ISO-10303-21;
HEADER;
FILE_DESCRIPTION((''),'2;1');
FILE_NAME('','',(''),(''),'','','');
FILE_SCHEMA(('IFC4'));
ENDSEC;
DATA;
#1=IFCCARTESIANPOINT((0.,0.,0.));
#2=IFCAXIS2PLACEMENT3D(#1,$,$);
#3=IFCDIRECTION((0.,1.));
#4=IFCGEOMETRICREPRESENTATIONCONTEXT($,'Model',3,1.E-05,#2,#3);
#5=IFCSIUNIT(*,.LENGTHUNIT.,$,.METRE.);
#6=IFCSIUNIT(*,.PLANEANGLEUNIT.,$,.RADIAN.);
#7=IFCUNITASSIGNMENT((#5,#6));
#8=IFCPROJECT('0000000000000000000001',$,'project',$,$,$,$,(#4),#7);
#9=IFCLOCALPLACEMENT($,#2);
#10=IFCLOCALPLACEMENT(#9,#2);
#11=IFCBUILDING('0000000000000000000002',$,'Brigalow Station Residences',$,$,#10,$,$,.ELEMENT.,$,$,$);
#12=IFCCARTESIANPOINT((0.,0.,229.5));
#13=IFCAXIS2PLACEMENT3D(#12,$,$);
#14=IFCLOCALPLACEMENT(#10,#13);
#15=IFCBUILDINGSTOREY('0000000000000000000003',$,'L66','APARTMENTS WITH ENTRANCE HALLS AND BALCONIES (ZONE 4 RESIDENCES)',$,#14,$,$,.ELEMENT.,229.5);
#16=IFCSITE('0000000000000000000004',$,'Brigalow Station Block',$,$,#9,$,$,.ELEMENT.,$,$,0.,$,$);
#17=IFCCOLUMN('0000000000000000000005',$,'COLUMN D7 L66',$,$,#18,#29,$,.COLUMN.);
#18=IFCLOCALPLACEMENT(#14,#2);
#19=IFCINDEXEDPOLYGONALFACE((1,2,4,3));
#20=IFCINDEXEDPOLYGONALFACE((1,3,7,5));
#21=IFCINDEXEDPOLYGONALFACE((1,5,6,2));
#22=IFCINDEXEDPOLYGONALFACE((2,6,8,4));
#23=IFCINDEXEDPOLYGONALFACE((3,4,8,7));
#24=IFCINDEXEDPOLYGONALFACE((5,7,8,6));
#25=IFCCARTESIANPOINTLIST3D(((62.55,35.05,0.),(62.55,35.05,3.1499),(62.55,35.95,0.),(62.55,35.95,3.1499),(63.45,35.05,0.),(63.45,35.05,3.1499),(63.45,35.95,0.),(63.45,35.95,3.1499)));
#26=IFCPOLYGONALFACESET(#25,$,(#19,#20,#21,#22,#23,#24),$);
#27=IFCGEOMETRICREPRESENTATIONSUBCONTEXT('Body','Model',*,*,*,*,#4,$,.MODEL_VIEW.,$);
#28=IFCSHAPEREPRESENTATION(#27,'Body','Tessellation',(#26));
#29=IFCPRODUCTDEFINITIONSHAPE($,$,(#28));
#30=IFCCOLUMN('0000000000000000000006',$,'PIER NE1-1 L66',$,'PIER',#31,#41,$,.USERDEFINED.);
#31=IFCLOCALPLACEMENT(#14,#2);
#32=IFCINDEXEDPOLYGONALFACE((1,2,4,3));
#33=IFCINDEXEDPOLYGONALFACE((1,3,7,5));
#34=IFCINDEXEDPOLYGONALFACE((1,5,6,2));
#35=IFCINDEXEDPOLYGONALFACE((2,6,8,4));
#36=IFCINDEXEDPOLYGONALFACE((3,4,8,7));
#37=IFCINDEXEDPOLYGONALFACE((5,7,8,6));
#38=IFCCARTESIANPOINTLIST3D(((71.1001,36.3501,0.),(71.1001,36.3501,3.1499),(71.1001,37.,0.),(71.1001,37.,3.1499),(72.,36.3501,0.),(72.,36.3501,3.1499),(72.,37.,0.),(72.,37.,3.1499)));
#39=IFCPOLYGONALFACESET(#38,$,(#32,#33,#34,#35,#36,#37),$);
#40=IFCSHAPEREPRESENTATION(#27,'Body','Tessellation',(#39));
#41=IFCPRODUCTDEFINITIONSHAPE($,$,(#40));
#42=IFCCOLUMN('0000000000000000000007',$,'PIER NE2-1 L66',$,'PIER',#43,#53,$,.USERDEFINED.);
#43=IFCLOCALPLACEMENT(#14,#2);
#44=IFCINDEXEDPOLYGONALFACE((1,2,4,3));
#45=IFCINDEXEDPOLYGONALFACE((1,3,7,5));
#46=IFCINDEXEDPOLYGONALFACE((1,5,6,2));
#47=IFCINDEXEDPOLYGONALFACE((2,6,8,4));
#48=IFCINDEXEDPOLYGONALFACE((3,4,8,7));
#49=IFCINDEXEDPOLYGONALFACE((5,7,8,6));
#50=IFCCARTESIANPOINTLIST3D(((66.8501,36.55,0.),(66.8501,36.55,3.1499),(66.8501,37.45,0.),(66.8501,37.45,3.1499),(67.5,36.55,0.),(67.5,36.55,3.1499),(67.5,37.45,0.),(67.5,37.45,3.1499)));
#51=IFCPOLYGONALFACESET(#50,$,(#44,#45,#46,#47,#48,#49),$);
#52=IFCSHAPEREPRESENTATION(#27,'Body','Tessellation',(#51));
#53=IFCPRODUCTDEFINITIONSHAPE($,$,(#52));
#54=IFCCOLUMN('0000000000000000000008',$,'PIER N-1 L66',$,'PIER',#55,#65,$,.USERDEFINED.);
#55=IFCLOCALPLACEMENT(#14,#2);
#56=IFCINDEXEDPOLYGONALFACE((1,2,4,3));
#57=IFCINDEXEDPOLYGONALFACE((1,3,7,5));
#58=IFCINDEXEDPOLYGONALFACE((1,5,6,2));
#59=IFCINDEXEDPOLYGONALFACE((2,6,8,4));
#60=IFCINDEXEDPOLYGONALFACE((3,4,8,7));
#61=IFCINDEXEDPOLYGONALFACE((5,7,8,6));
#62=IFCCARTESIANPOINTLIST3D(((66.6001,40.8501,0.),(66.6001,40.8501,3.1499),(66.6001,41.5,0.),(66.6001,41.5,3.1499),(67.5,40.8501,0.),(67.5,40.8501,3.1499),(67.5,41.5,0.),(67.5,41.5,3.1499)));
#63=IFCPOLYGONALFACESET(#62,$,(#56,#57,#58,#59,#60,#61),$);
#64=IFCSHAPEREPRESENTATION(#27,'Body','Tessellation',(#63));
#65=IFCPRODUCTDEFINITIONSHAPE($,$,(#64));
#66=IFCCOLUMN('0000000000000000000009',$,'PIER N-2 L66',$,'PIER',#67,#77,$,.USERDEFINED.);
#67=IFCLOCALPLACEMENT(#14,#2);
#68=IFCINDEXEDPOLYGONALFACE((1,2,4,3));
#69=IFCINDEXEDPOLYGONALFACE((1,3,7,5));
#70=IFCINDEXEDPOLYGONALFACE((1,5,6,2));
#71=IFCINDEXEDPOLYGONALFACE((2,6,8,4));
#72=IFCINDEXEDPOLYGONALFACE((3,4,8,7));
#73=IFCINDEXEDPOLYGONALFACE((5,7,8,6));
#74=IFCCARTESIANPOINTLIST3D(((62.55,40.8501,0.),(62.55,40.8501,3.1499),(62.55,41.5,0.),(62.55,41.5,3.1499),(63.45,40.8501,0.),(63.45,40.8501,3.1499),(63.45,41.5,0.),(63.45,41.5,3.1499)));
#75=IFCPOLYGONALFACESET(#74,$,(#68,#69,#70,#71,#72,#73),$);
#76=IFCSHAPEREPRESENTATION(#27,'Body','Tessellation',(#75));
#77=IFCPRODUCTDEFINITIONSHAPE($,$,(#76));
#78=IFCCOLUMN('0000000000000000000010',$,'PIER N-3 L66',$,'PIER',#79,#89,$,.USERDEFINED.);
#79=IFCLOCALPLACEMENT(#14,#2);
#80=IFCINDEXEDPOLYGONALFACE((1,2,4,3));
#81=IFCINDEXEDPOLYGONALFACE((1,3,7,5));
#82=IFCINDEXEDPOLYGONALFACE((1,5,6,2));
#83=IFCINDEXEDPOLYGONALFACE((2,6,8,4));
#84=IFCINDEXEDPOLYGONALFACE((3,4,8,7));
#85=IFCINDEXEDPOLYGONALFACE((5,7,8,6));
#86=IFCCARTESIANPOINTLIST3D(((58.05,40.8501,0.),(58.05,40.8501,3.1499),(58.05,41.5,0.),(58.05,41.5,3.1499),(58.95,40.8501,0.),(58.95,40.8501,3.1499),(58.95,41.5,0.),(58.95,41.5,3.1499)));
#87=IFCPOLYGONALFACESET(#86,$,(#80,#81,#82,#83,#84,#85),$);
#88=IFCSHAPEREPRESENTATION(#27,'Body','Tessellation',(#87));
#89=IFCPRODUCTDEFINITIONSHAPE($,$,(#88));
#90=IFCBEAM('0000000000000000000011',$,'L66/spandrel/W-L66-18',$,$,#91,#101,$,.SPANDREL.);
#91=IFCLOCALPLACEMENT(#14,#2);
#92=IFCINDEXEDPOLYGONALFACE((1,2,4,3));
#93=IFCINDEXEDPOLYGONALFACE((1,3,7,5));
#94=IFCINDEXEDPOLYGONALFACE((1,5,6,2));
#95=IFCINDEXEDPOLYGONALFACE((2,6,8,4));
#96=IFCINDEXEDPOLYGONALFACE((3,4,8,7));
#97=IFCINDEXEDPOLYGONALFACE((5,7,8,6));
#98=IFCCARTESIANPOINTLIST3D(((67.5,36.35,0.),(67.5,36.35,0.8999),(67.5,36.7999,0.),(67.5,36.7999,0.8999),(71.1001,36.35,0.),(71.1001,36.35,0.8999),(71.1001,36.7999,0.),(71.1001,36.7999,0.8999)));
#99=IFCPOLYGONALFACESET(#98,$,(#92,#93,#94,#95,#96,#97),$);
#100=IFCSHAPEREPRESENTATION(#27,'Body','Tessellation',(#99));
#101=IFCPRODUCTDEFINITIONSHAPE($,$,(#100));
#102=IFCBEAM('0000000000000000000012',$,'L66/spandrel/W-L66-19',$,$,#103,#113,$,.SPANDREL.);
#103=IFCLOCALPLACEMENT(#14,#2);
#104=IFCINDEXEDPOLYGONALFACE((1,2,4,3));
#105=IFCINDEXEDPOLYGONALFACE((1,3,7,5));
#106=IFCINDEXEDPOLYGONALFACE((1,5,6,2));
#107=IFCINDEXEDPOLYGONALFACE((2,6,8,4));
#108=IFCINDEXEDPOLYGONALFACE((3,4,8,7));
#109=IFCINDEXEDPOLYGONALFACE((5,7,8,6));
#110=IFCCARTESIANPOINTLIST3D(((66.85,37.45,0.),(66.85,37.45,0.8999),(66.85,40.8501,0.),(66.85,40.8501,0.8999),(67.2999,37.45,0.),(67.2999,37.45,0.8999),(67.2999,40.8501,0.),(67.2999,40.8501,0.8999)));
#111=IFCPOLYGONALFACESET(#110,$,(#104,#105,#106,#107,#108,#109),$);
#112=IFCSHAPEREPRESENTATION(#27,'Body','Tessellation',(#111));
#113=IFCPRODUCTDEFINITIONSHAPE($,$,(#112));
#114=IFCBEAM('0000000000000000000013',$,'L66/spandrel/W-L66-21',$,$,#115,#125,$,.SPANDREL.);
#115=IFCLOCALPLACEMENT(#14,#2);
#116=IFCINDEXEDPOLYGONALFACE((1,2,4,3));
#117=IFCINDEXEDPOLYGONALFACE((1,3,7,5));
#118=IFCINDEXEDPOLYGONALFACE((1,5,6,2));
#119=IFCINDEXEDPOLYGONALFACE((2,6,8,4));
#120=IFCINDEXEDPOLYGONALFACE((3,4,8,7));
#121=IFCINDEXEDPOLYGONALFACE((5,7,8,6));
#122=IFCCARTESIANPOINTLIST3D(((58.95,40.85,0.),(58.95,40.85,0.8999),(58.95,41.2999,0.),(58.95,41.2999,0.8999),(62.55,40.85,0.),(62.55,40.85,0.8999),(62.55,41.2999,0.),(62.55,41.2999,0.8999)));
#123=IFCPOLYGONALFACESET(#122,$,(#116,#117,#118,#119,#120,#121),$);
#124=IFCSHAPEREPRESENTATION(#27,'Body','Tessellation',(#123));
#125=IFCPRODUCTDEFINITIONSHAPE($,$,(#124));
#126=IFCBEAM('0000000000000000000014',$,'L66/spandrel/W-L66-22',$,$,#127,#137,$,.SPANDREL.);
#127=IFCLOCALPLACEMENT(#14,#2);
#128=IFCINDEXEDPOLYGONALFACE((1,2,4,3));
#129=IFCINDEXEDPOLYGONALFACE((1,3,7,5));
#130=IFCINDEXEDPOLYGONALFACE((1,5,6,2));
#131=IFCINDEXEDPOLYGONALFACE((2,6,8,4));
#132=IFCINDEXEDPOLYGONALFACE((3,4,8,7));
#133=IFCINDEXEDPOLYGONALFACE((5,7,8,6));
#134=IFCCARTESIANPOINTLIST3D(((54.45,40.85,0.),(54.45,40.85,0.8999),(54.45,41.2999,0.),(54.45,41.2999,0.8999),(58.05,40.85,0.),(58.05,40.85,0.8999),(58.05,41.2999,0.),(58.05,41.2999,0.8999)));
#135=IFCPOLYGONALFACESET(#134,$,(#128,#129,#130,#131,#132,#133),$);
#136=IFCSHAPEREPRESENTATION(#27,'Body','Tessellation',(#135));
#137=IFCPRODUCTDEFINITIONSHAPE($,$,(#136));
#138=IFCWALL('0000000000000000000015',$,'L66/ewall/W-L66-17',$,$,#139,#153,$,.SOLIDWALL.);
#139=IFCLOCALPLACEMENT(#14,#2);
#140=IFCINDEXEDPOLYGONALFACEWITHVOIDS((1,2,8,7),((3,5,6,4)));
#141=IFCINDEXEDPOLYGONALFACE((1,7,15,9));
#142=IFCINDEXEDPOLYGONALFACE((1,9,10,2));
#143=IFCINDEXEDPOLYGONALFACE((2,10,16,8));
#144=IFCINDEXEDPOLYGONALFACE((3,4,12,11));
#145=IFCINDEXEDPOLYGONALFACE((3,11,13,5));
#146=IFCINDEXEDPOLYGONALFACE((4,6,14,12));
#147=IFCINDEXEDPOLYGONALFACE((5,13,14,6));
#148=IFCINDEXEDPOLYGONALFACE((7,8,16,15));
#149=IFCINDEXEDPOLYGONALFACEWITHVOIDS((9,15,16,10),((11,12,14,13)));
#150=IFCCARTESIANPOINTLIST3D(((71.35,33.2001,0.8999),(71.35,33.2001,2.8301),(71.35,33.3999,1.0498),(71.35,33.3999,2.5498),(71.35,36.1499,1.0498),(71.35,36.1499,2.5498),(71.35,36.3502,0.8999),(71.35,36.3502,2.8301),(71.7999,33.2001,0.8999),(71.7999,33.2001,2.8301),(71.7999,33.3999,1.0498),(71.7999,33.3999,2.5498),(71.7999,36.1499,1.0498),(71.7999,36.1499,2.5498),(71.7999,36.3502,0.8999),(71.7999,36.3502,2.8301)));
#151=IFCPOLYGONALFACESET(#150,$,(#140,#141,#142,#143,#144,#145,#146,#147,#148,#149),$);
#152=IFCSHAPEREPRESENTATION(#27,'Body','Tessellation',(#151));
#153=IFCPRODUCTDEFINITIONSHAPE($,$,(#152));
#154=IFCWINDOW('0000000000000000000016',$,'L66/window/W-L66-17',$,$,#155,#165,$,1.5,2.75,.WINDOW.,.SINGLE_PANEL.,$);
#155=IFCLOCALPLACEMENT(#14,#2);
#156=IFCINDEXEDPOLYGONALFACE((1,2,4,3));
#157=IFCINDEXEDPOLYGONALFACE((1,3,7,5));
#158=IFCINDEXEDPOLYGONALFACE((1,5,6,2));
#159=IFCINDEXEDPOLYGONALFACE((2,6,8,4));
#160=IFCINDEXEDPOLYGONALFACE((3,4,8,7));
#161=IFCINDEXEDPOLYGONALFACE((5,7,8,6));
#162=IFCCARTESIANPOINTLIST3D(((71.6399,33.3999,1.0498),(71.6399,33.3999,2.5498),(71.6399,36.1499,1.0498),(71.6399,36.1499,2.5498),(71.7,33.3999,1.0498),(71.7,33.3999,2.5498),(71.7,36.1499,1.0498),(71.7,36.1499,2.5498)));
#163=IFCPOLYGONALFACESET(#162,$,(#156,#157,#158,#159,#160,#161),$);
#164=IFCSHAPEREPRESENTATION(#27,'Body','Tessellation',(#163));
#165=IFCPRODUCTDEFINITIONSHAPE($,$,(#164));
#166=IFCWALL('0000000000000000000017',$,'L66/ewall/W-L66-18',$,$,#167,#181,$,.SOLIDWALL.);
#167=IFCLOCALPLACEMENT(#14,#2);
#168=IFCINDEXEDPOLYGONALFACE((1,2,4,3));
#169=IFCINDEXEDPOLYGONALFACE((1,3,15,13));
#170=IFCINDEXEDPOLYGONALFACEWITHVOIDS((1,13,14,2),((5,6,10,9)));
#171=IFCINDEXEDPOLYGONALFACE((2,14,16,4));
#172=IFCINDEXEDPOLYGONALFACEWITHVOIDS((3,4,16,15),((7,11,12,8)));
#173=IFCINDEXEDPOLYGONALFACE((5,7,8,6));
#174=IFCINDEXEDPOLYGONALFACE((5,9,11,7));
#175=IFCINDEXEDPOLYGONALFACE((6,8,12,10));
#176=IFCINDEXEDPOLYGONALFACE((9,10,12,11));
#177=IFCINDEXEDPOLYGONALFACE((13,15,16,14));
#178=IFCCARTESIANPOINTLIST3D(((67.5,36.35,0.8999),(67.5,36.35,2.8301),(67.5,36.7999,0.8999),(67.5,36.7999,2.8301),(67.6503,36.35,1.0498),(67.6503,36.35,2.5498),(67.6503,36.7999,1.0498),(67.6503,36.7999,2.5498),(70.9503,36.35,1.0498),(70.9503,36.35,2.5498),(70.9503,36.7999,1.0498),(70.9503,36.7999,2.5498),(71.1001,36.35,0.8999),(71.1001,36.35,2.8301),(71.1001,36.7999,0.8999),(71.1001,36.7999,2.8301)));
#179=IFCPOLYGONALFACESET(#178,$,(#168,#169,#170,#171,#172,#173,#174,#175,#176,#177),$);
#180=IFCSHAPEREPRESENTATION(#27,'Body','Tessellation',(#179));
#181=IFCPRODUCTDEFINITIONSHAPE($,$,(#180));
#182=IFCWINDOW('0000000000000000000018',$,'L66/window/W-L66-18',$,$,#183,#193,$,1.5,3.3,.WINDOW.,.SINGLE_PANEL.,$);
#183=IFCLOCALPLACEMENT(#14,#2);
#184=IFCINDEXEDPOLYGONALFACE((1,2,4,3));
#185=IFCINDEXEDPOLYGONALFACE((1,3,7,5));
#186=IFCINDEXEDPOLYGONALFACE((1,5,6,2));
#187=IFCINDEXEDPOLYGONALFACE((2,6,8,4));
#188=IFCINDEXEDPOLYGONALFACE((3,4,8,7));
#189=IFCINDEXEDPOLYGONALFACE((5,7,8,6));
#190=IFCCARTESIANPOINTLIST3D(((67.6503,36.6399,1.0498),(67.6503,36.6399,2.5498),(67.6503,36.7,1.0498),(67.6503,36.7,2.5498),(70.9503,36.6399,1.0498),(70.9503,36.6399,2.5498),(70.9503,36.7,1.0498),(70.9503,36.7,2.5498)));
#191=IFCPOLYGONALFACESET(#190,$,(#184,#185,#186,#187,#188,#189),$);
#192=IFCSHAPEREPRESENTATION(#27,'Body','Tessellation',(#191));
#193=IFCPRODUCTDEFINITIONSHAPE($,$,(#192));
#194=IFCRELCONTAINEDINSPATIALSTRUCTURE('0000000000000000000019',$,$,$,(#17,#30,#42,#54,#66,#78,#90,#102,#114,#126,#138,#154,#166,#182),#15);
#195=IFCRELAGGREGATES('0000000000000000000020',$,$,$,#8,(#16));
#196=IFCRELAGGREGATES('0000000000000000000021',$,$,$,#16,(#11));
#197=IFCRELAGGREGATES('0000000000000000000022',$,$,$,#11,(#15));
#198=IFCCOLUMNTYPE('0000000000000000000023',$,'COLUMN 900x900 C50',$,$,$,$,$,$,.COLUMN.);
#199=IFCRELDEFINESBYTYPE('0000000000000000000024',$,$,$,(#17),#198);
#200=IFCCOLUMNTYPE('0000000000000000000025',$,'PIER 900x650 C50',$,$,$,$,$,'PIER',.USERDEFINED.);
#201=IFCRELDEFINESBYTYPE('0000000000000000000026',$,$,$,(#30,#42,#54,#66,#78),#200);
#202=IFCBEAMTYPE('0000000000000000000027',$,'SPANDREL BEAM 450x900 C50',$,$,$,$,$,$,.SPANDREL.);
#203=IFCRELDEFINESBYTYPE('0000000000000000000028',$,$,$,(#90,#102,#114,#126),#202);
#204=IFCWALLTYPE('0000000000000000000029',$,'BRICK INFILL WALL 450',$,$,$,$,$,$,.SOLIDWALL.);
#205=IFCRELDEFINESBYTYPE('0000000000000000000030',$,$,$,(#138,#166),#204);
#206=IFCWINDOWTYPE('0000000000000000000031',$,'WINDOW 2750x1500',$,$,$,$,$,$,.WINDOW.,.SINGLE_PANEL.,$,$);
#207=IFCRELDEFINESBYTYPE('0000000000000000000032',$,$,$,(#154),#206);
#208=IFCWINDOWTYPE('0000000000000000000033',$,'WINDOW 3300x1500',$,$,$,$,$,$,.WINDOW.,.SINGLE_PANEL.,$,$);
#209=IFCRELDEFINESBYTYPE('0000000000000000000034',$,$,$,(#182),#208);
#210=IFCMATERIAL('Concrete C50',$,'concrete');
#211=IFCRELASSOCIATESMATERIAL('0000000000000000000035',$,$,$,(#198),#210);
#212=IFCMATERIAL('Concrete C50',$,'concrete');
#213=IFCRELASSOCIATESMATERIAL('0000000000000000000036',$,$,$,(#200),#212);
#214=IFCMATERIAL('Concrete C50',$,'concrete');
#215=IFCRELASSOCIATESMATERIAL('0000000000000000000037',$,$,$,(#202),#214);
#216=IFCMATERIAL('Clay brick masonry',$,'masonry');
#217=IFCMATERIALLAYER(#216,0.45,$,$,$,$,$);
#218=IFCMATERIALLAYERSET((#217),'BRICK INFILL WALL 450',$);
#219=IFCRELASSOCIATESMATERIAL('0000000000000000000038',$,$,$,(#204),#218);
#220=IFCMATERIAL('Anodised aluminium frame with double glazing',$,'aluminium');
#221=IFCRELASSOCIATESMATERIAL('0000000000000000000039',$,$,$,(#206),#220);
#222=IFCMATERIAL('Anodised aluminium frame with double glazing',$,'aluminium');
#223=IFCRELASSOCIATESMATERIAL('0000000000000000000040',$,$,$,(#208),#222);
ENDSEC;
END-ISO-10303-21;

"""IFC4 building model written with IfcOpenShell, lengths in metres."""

from ifc_helpers import new_model, si_unit, direction, frame, frame_2d, origin, origin_2d, place, context, subcontext, project, spatial, rectangle, extrude, material, layer, layer_set, material_profile, profile_set, type_object, element, fill, save


model = new_model("IFC4")

# Units and contexts
model_context = context("Model", 3, precision=1e-05, world=origin(), true_north=direction((0.0, 1.0)))
body_context = subcontext(model_context, "Body", "Model", "MODEL_VIEW")
ifc_project = project(units=[si_unit("LENGTHUNIT", "METRE"), si_unit("PLANEANGLEUNIT", "RADIAN")], contexts=[model_context])

# Site, building, storey
site_placement = place(None, origin())
site = spatial("IfcSite", under=ifc_project, at=site_placement, Name="Brigalow Station Block", CompositionType="ELEMENT", RefElevation=0.0)
building_placement = place(site_placement, origin())
building = spatial("IfcBuilding", under=site, at=building_placement, Name="Brigalow Station Residences", CompositionType="ELEMENT")
storey_placement = place(building_placement, frame((0.0, 0.0, 229.5)))
storey = spatial("IfcBuildingStorey", under=building, at=storey_placement, Name="L66", Description="APARTMENTS WITH ENTRANCE HALLS AND BALCONIES (ZONE 4 RESIDENCES)", CompositionType="ELEMENT", Elevation=229.5)

# Columns
ifc_material_1 = material(Name="Concrete C50", Category="concrete")
ifc_material_profile_1 = material_profile(ifc_material_1, rectangle(XDim=0.8999, YDim=0.8999, at=origin_2d()), Name="RC900x900")
ifc_profile_set_1 = profile_set([ifc_material_profile_1], Name="Concrete C50")
column_type_1 = type_object("IfcColumnType", Name="COLUMN 900x900 C50", PredefinedType="COLUMN", material=ifc_profile_set_1)
column_placement = place(storey_placement, frame((63.0, 35.5, 0.0), z_axis=(0.0, 0.0, 1.0), x_axis=(1.0, 0.0, 0.0)))
element("IfcColumn", 1, at=column_placement, inside=storey, type_object=column_type_1, Name="COLUMN D7 L66", PredefinedType="COLUMN", context=body_context, shape_type="SweptSolid", body=[
    extrude(rectangle(XDim=0.8999, YDim=0.8999, at=origin_2d()), origin(), (0.0, 0.0, 1.0), 3.1499),
])
ifc_material_2 = material(Name="Concrete C50", Category="concrete")
ifc_material_profile_2 = material_profile(ifc_material_2, rectangle(XDim=0.8999, YDim=0.6499, at=origin_2d()), Name="RC900x650")
ifc_profile_set_2 = profile_set([ifc_material_profile_2], Name="Concrete C50")
column_type_2 = type_object("IfcColumnType", Name="PIER 900x650 C50", ElementType="PIER", PredefinedType="USERDEFINED", material=ifc_profile_set_2)
for number, where, z_axis, x_axis, name in (
    (2, (71.55, 36.675, 0.0), (0.0, 0.0, 1.0), (-1.0, 0.0, 0.0), "PIER NE1-1 L66"),
    (3, (67.175, 37.0, 0.0), (0.0, 0.0, 1.0), (0.0, 1.0, 0.0), "PIER NE2-1 L66"),
    (4, (67.05, 41.175, 0.0), (0.0, 0.0, 1.0), (-1.0, 0.0, 0.0), "PIER N-1 L66"),
    (5, (63.0, 41.175, 0.0), (0.0, 0.0, 1.0), (-1.0, 0.0, 0.0), "PIER N-2 L66"),
    (6, (58.5, 41.175, 0.0), (0.0, 0.0, 1.0), (-1.0, 0.0, 0.0), "PIER N-3 L66"),
):
    element("IfcColumn", number, at=place(storey_placement, frame(where, z_axis=z_axis, x_axis=x_axis)), inside=storey, type_object=column_type_2, Name=name, ObjectType="PIER", PredefinedType="USERDEFINED", context=body_context, shape_type="SweptSolid", body=[
        extrude(rectangle(XDim=0.8999, YDim=0.6499, at=origin_2d()), origin(), (0.0, 0.0, 1.0), 3.1499),
    ])

# Beams
ifc_material_3 = material(Name="Concrete C50", Category="concrete")
ifc_material_profile_3 = material_profile(ifc_material_3, rectangle(XDim=0.45, YDim=0.8999, at=origin_2d()), Name="RC450x900")
ifc_profile_set_3 = profile_set([ifc_material_profile_3], Name="Concrete C50")
beam_type = type_object("IfcBeamType", Name="SPANDREL BEAM 450x900 C50", PredefinedType="SPANDREL", material=ifc_profile_set_3)
beam_1_placement = place(storey_placement, frame((71.1001, 36.575, 0.45), z_axis=(-1.0, 0.0, 0.0), x_axis=(0.0, -1.0, 0.0)))
element("IfcBeam", 7, at=beam_1_placement, inside=storey, type_object=beam_type, Name="L66/spandrel/W-L66-18", PredefinedType="SPANDREL", context=body_context, shape_type="SweptSolid", body=[
    extrude(rectangle(XDim=0.45, YDim=0.8999, at=origin_2d()), origin(), (0.0, 0.0, 1.0), 3.6001),
])
beam_2_placement = place(storey_placement, frame((67.075, 37.45, 0.45), z_axis=(0.0, 1.0, 0.0), x_axis=(-1.0, 0.0, 0.0)))
element("IfcBeam", 8, at=beam_2_placement, inside=storey, type_object=beam_type, Name="L66/spandrel/W-L66-19", PredefinedType="SPANDREL", context=body_context, shape_type="SweptSolid", body=[
    extrude(rectangle(XDim=0.45, YDim=0.8999, at=origin_2d()), origin(), (0.0, 0.0, 1.0), 3.4001),
])
for number, where, z_axis, x_axis, name in (
    (9, (62.55, 41.075, 0.45), (-1.0, 0.0, 0.0), (0.0, -1.0, 0.0), "L66/spandrel/W-L66-21"),
    (10, (58.05, 41.075, 0.45), (-1.0, 0.0, 0.0), (0.0, -1.0, 0.0), "L66/spandrel/W-L66-22"),
):
    element("IfcBeam", number, at=place(storey_placement, frame(where, z_axis=z_axis, x_axis=x_axis)), inside=storey, type_object=beam_type, Name=name, PredefinedType="SPANDREL", context=body_context, shape_type="SweptSolid", body=[
        extrude(rectangle(XDim=0.45, YDim=0.8999, at=origin_2d()), origin(), (0.0, 0.0, 1.0), 3.6001),
    ])

# Walls, openings, windows
ifc_material_4 = material(Name="Clay brick masonry", Category="masonry")
ifc_layer_1 = layer(ifc_material_4, 0.45)
ifc_layer_set_1 = layer_set([ifc_layer_1], Name="BRICK INFILL WALL 450")
wall_type_1 = type_object("IfcWallType", Name="BRICK INFILL WALL 450", PredefinedType="SOLIDWALL", material=ifc_layer_set_1)
wall_1_placement = place(storey_placement, frame((71.575, 33.2, 0.8999), z_axis=(0.0, 0.0, 1.0), x_axis=(0.0, 1.0, 0.0)))
wall_1 = element("IfcWall", 11, at=wall_1_placement, inside=storey, type_object=wall_type_1, Name="L66/ewall/W-L66-17", PredefinedType="SOLIDWALL", context=body_context, shape_type="SweptSolid", body=[
    extrude(rectangle(XDim=3.1501, YDim=0.45, at=frame_2d((1.5752, 0.0))), origin(), (0.0, 0.0, 1.0), 1.9302),
])
opening_1_placement = place(wall_1_placement, frame((0.2, 0.0, 0.1499)))
opening_1 = element("IfcOpeningElement", 12, at=opening_1_placement, cuts=wall_1, PredefinedType="OPENING", context=body_context, shape_type="SweptSolid", body=[
    extrude(rectangle(XDim=2.75, YDim=1.5, at=frame_2d((1.375, 0.75))), frame((0.0, 0.2349, 0.0), z_axis=(0.0, -1.0, 0.0), x_axis=(1.0, 0.0, 0.0)), (0.0, 0.0, 1.0), 0.47),
])
ifc_material_5 = material(Name="Anodised aluminium frame with double glazing", Category="aluminium")
window_type_1 = type_object("IfcWindowType", Name="WINDOW 2750x1500", PartitioningType="SINGLE_PANEL", PredefinedType="WINDOW", material=ifc_material_5)
window_1_placement = place(opening_1_placement, origin())
window_1 = element("IfcWindow", 13, at=window_1_placement, inside=storey, type_object=window_type_1, Name="L66/window/W-L66-17", OverallHeight=1.5, OverallWidth=2.75, PartitioningType="SINGLE_PANEL", PredefinedType="WINDOW", context=body_context, shape_type="SweptSolid", body=[
    extrude(rectangle(XDim=2.75, YDim=1.5, at=frame_2d((1.375, 0.75))), frame((0.0, -0.0649, 0.0), z_axis=(0.0, -1.0, 0.0), x_axis=(1.0, 0.0, 0.0)), (0.0, 0.0, 1.0), 0.0601),
])
fill(opening_1, window_1)
wall_2_placement = place(storey_placement, frame((71.1001, 36.575, 0.8999), z_axis=(0.0, 0.0, 1.0), x_axis=(-1.0, 0.0, 0.0)))
wall_2 = element("IfcWall", 14, at=wall_2_placement, inside=storey, type_object=wall_type_1, Name="L66/ewall/W-L66-18", PredefinedType="SOLIDWALL", context=body_context, shape_type="SweptSolid", body=[
    extrude(rectangle(XDim=3.6001, YDim=0.45, at=frame_2d((1.8, 0.0))), origin(), (0.0, 0.0, 1.0), 1.9302),
])
opening_2_placement = place(wall_2_placement, frame((0.1499, 0.0, 0.1499)))
opening_2 = element("IfcOpeningElement", 15, at=opening_2_placement, cuts=wall_2, PredefinedType="OPENING", context=body_context, shape_type="SweptSolid", body=[
    extrude(rectangle(XDim=3.3, YDim=1.5, at=frame_2d((1.6499, 0.75))), frame((0.0, 0.2349, 0.0), z_axis=(0.0, -1.0, 0.0), x_axis=(1.0, 0.0, 0.0)), (0.0, 0.0, 1.0), 0.47),
])
ifc_material_6 = material(Name="Anodised aluminium frame with double glazing", Category="aluminium")
window_type_2 = type_object("IfcWindowType", Name="WINDOW 3300x1500", PartitioningType="SINGLE_PANEL", PredefinedType="WINDOW", material=ifc_material_6)
window_2_placement = place(opening_2_placement, origin())
window_2 = element("IfcWindow", 16, at=window_2_placement, inside=storey, type_object=window_type_2, Name="L66/window/W-L66-18", OverallHeight=1.5, OverallWidth=3.3, PartitioningType="SINGLE_PANEL", PredefinedType="WINDOW", context=body_context, shape_type="SweptSolid", body=[
    extrude(rectangle(XDim=3.3, YDim=1.5, at=frame_2d((1.6499, 0.75))), frame((0.0, -0.0649, 0.0), z_axis=(0.0, -1.0, 0.0), x_axis=(1.0, 0.0, 0.0)), (0.0, 0.0, 1.0), 0.0601),
])
fill(opening_2, window_2)

save(model, "model.ifc")
